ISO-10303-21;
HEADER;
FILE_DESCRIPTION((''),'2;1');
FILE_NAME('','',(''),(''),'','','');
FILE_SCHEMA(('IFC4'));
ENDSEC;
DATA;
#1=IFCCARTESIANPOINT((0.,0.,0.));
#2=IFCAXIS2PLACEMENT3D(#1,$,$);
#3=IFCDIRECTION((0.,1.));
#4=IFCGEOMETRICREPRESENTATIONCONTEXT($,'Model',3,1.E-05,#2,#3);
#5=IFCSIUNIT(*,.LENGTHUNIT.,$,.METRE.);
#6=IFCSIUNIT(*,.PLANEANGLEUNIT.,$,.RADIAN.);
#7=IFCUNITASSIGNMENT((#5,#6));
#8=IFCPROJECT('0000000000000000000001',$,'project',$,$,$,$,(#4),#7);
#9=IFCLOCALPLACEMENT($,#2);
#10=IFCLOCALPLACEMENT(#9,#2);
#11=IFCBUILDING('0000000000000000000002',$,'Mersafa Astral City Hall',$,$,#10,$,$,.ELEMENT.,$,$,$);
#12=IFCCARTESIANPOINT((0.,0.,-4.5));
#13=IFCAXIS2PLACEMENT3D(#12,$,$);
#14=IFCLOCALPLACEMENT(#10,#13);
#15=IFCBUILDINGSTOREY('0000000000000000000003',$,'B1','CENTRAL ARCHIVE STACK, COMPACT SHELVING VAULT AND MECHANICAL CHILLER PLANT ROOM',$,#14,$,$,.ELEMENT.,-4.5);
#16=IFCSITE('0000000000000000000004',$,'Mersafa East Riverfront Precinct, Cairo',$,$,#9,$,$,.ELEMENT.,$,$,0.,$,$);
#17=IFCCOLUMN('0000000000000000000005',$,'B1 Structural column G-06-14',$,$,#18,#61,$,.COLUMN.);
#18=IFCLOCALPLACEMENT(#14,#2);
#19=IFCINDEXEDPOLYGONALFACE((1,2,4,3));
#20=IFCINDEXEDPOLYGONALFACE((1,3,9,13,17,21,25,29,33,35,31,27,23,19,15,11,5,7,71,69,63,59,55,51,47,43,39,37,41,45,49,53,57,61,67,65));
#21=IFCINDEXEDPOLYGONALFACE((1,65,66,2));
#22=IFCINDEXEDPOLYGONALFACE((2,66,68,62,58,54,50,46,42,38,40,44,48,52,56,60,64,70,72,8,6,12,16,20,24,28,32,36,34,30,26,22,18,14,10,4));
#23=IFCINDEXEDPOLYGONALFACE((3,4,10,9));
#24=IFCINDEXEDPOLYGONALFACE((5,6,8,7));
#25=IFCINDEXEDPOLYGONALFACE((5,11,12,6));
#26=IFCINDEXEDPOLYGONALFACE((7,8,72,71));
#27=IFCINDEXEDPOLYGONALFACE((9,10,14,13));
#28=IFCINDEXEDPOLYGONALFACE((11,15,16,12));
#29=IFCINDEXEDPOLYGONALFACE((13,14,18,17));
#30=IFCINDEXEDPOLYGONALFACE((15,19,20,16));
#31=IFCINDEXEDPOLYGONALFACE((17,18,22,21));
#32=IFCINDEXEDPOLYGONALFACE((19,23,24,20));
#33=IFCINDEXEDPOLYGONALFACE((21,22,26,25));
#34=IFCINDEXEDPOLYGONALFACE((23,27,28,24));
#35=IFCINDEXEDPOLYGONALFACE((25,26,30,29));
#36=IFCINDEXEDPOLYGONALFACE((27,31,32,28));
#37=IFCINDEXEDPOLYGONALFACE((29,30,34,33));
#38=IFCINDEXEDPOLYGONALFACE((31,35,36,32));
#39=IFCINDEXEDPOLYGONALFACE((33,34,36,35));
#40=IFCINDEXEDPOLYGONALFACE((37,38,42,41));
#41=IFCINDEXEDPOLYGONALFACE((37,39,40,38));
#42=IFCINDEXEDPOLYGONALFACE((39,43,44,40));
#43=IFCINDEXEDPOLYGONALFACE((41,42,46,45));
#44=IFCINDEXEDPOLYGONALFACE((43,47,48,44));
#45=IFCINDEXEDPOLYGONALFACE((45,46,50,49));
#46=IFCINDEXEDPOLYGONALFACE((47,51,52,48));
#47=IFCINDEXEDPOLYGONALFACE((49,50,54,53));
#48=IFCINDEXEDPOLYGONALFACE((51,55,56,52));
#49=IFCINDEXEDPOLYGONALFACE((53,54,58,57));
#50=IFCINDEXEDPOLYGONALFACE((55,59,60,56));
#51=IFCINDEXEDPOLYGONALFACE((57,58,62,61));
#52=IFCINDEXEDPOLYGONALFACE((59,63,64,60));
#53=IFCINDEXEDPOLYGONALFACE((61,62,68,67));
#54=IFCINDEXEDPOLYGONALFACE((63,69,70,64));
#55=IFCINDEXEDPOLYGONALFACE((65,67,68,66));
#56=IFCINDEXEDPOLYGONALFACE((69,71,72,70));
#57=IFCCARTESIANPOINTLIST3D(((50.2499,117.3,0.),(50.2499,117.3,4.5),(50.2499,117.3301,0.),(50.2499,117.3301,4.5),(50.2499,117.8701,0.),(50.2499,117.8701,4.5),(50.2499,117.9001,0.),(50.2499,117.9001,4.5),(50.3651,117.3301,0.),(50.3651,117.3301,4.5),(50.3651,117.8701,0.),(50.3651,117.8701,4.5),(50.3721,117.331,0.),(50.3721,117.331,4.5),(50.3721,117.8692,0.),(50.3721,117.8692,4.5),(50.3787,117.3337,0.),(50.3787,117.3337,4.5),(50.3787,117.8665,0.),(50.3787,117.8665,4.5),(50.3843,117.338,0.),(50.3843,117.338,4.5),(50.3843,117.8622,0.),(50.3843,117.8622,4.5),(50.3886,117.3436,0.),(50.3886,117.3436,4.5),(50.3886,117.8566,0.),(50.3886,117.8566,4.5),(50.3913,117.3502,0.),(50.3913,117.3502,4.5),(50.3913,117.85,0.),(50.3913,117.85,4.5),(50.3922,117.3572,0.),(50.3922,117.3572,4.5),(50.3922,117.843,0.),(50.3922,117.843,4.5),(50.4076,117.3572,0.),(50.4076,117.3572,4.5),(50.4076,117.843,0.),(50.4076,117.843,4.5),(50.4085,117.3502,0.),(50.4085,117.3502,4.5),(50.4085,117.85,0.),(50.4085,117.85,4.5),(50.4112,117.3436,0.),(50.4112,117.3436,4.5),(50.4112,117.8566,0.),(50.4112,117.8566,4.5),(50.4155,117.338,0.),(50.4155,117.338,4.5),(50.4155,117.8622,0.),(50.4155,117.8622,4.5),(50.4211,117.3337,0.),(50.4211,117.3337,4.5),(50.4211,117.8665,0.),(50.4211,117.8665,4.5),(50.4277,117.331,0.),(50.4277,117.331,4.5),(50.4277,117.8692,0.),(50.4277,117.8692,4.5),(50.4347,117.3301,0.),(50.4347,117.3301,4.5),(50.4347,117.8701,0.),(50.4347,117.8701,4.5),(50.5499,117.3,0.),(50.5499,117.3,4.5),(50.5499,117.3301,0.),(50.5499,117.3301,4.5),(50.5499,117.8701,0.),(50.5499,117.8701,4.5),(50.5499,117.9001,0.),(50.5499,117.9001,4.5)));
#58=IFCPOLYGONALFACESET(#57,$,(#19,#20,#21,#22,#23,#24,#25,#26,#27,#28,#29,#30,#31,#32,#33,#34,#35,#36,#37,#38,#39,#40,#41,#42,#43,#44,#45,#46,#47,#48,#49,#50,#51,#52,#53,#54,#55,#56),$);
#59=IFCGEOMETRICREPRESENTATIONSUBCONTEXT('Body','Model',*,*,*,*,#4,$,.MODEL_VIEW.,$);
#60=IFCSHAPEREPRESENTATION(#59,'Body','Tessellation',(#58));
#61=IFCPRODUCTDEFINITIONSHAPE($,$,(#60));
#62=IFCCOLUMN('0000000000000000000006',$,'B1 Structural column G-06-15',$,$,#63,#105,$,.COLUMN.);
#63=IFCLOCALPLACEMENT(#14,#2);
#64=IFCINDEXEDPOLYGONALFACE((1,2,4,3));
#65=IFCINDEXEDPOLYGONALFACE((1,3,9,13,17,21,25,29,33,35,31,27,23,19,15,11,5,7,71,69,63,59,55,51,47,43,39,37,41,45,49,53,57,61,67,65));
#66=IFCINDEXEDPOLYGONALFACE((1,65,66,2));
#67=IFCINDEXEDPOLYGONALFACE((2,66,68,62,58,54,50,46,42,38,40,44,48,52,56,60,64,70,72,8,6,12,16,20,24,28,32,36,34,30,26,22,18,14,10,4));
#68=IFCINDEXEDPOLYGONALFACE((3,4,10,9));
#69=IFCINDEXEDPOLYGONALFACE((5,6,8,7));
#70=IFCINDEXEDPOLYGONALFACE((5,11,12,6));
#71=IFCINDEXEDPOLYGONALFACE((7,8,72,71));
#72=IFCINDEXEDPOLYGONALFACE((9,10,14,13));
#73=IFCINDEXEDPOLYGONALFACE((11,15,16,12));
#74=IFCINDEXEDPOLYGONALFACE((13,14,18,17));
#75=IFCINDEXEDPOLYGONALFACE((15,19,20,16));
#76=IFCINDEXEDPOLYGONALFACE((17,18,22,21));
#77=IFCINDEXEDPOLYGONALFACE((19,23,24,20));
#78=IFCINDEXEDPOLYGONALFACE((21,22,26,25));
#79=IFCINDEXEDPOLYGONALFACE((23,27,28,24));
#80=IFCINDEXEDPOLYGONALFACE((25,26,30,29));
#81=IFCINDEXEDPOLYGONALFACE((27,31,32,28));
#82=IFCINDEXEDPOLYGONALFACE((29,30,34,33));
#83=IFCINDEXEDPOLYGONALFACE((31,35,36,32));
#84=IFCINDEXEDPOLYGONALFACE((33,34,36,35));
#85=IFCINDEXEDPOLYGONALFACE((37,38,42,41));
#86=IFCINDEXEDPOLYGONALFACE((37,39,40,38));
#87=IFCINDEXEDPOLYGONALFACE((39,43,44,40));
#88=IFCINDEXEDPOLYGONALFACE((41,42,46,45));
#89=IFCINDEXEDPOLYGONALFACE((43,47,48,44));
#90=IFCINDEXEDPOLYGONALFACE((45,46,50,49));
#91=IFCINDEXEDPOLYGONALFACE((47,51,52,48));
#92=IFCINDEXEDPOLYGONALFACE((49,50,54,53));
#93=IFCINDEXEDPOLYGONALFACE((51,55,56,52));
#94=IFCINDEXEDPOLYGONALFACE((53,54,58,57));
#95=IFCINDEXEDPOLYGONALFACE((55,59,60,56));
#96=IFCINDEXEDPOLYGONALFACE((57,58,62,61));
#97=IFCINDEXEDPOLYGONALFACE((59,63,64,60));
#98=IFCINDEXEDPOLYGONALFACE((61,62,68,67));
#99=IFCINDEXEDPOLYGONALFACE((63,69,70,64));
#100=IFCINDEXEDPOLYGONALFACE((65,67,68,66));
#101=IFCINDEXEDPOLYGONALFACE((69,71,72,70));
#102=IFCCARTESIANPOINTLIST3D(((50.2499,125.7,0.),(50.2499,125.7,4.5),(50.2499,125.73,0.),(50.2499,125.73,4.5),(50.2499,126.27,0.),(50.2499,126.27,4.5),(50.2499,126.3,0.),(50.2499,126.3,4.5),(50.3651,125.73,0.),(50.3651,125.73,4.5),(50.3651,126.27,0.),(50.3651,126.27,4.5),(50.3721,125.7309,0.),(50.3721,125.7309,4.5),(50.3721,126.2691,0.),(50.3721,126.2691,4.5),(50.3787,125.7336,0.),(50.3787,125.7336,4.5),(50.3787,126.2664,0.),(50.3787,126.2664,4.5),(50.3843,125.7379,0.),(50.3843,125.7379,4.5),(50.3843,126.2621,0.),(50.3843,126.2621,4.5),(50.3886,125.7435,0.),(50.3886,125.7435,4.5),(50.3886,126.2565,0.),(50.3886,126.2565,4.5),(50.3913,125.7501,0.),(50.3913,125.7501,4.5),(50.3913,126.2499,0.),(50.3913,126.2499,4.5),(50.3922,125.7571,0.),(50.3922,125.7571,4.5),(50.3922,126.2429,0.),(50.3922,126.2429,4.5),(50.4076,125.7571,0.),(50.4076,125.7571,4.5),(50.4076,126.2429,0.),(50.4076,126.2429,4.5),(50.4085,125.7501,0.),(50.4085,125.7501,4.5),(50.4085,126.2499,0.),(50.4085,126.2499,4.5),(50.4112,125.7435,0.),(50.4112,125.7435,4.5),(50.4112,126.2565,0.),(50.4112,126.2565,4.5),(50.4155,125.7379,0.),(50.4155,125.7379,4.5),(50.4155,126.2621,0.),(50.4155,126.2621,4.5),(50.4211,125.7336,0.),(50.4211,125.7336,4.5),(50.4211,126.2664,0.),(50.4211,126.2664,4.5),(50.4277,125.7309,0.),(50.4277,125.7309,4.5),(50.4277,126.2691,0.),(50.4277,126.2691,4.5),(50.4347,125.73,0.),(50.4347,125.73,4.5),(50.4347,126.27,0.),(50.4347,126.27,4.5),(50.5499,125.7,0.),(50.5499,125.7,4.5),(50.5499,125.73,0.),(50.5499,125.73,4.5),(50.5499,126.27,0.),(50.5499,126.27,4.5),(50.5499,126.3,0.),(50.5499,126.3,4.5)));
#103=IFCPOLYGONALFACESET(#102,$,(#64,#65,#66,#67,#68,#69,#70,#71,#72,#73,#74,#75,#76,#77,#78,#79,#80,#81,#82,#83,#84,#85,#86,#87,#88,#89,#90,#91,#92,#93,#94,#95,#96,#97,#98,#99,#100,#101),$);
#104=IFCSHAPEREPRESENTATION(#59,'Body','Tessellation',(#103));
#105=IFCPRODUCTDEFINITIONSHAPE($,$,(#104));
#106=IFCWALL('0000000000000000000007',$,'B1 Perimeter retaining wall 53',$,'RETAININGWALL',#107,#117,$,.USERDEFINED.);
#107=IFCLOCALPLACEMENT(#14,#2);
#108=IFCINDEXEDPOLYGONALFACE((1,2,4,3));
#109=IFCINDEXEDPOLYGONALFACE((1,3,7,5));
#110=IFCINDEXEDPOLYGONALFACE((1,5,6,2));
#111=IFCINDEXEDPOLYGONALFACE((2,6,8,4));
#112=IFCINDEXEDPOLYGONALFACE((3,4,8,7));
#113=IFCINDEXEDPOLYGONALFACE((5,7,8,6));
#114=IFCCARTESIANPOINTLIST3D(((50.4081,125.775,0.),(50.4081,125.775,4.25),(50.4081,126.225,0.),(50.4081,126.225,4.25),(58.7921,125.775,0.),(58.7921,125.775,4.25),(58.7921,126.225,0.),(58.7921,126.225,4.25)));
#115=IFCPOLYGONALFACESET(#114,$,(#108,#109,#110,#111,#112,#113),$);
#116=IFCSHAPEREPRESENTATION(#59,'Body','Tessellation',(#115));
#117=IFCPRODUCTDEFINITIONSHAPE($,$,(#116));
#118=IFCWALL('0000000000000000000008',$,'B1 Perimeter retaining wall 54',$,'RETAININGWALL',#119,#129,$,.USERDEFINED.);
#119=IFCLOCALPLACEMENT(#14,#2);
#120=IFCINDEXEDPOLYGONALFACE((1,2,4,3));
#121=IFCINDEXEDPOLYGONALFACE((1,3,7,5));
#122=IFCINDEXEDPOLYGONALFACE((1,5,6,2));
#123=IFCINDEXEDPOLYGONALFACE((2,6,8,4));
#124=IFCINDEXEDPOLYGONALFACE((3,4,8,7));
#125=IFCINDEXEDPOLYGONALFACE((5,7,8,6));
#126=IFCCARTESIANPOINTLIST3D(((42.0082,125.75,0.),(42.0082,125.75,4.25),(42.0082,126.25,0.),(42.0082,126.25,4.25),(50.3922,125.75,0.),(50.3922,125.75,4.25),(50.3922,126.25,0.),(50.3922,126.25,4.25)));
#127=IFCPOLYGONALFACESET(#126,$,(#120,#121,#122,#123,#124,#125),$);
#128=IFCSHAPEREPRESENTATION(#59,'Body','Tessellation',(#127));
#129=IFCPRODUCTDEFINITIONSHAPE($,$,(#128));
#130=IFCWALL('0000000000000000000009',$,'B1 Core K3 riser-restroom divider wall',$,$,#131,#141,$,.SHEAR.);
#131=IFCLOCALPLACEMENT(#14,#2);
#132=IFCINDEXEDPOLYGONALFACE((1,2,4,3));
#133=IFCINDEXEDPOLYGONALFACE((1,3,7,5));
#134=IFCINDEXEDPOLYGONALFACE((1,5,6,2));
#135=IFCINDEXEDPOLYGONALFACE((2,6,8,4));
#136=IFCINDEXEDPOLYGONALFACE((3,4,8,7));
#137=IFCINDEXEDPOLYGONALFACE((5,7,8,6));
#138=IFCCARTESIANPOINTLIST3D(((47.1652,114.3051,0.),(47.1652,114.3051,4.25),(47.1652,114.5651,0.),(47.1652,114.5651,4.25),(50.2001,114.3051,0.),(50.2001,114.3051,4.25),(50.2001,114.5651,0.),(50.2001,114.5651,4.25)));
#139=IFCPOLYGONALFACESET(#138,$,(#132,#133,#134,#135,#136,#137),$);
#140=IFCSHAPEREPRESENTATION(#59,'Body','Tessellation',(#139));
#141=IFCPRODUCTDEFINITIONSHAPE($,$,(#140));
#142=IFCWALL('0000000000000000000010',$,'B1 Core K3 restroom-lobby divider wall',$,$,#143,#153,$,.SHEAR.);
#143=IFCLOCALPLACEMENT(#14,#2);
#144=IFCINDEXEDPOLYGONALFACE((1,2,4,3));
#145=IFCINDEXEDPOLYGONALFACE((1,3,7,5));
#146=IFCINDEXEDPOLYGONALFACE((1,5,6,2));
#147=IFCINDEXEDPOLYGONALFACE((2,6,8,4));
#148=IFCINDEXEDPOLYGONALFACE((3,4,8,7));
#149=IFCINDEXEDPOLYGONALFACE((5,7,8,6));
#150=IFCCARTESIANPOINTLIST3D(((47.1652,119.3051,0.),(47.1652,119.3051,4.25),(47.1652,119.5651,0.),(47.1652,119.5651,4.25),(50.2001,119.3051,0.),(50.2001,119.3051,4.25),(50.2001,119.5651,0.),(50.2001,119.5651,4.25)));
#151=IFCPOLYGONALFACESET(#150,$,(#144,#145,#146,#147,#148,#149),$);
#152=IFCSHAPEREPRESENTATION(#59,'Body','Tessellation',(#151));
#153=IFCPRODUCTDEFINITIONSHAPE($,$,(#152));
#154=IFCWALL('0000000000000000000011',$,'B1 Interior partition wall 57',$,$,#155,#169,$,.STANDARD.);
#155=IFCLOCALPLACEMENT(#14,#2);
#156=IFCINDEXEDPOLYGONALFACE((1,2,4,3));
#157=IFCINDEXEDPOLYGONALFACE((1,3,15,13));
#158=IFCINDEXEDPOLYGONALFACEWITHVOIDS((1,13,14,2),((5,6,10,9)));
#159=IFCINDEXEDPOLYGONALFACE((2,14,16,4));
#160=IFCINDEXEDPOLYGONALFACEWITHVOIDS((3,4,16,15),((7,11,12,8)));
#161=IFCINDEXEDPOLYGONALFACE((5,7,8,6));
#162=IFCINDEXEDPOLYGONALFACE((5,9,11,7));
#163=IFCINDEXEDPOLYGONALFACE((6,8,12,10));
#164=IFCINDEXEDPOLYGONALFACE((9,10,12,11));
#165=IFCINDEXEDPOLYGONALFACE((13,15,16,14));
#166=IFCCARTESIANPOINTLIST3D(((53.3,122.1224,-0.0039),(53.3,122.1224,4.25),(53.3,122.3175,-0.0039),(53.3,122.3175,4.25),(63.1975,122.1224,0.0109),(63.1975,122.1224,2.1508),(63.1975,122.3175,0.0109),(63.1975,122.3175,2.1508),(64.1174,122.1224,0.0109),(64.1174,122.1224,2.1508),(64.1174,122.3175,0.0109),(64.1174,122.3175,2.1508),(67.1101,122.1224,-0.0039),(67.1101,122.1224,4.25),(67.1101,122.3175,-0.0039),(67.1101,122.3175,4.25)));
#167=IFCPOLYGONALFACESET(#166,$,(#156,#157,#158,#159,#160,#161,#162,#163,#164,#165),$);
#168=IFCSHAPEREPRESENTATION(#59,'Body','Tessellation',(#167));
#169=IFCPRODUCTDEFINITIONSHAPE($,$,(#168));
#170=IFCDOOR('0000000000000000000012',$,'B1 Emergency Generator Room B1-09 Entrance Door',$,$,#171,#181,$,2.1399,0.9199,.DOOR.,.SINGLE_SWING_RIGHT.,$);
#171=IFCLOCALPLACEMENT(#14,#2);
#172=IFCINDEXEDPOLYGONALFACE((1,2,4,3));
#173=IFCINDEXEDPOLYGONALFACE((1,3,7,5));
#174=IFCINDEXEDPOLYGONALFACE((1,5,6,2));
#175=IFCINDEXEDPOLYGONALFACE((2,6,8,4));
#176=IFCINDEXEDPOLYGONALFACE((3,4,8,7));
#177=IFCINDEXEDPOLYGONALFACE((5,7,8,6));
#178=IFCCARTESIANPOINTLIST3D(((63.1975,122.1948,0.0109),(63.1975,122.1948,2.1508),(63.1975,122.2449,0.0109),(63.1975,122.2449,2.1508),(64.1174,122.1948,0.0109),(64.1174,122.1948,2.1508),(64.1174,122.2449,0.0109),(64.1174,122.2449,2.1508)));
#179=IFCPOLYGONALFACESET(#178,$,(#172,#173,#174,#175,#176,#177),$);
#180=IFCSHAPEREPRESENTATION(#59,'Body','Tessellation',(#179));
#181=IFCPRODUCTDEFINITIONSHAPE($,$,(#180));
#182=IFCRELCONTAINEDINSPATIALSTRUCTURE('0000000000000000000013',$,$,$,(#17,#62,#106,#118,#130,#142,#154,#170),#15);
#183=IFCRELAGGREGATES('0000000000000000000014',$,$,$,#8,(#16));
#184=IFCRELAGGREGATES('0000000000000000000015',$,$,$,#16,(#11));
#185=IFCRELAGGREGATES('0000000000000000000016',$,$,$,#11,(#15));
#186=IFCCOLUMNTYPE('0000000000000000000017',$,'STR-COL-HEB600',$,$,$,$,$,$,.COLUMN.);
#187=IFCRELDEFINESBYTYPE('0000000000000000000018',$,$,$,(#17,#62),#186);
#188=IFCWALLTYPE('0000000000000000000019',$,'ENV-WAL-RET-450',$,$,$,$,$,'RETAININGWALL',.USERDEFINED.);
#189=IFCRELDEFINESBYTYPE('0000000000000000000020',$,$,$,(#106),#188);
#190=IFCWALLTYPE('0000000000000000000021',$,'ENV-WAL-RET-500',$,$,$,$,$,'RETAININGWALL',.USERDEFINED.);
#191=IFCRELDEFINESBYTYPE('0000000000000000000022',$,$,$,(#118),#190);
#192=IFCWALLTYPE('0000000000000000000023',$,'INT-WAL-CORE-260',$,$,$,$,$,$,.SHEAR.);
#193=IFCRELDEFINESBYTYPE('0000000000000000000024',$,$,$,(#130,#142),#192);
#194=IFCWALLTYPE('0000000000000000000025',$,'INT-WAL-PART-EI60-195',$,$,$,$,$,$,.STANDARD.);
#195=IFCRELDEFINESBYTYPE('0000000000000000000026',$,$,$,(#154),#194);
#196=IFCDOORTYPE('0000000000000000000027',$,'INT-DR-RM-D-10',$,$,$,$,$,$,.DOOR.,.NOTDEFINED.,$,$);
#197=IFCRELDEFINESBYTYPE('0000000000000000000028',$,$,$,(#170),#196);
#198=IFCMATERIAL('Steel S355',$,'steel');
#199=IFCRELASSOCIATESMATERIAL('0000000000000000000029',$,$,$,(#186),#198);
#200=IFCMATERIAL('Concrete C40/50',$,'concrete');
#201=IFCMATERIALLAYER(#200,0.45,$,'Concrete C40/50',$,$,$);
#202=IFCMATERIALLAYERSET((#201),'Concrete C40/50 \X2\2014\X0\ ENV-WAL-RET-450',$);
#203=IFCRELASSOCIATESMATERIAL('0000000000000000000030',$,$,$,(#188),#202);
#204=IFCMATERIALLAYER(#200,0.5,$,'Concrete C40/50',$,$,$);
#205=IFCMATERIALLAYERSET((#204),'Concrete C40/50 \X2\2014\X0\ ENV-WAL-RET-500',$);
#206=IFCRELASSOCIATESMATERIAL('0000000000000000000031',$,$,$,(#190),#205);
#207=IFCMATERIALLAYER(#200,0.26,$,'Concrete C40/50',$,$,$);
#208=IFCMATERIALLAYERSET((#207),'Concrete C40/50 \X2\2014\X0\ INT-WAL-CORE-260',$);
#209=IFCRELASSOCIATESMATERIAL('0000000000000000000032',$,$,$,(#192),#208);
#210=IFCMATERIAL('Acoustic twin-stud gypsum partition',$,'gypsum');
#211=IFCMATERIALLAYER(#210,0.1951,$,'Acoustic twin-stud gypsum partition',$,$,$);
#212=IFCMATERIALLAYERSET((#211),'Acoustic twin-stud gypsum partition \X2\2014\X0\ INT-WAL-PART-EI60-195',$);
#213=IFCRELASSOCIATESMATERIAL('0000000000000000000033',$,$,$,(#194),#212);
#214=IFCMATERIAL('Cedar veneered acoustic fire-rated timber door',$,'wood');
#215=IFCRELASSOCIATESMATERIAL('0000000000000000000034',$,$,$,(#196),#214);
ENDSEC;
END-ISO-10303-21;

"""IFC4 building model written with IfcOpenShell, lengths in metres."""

from ifc_helpers import new_model, si_unit, direction, frame, frame_2d, origin, origin_2d, place, context, subcontext, project, spatial, rectangle, i_section, extrude, material, layer, layer_set, material_profile, profile_set, type_object, element, fill, save


model = new_model("IFC4")

# Units and contexts
model_context = context("Model", 3, precision=1e-05, world=origin(), true_north=direction((0.0, 1.0)))
body_context = subcontext(model_context, "Body", "Model", "MODEL_VIEW")
ifc_project = project(units=[si_unit("LENGTHUNIT", "METRE"), si_unit("PLANEANGLEUNIT", "RADIAN")], contexts=[model_context])

# Site, building, storey
site_placement = place(None, origin())
site = spatial("IfcSite", under=ifc_project, at=site_placement, Name="Mersafa East Riverfront Precinct, Cairo", CompositionType="ELEMENT", RefElevation=0.0)
building_placement = place(site_placement, origin())
building = spatial("IfcBuilding", under=site, at=building_placement, Name="Mersafa Astral City Hall", CompositionType="ELEMENT")
storey_placement = place(building_placement, frame((0.0, 0.0, -4.5)))
storey = spatial("IfcBuildingStorey", under=building, at=storey_placement, Name="B1", Description="CENTRAL ARCHIVE STACK, COMPACT SHELVING VAULT AND MECHANICAL CHILLER PLANT ROOM", CompositionType="ELEMENT", Elevation=-4.5)

# Shared definitions
ifc_material_1 = material(Name="Concrete C40/50", Category="concrete")

# Columns
ifc_material_2 = material(Name="Steel S355", Category="steel")
ifc_material_profile_1 = material_profile(ifc_material_2, i_section(OverallWidth=0.3, OverallDepth=0.6001, WebThickness=0.0154, FlangeThickness=0.03, FilletRadius=0.0271, at=origin_2d()), Name="HEB 600")
ifc_profile_set_1 = profile_set([ifc_material_profile_1], Name="Steel S355")
column_type = type_object("IfcColumnType", Name="STR-COL-HEB600", PredefinedType="COLUMN", material=ifc_profile_set_1)
for number, where, z_axis, x_axis, name in (
    (1, (50.3999, 117.6001, 0.0), (0.0, 0.0, 1.0), (1.0, 0.0, 0.0), "B1 Structural column G-06-14"),
    (2, (50.3999, 126.0, 0.0), (0.0, 0.0, 1.0), (1.0, 0.0, 0.0), "B1 Structural column G-06-15"),
):
    element("IfcColumn", number, at=place(storey_placement, frame(where, z_axis=z_axis, x_axis=x_axis)), inside=storey, type_object=column_type, Name=name, PredefinedType="COLUMN", context=body_context, shape_type="SweptSolid", body=[
        extrude(i_section(OverallWidth=0.3, OverallDepth=0.6001, WebThickness=0.0154, FlangeThickness=0.03, FilletRadius=0.0271, at=origin_2d()), origin(), (0.0, 0.0, 1.0), 4.5),
    ])

# Walls
ifc_layer_1 = layer(ifc_material_1, 0.45, Name="Concrete C40/50")
ifc_layer_set_1 = layer_set([ifc_layer_1], Name="Concrete C40/50 — ENV-WAL-RET-450")
wall_type_1 = type_object("IfcWallType", Name="ENV-WAL-RET-450", ElementType="RETAININGWALL", PredefinedType="USERDEFINED", material=ifc_layer_set_1)
wall_1_placement = place(storey_placement, frame((58.792, 126.0, 0.0), z_axis=(0.0, 0.0, 1.0), x_axis=(-1.0, 0.0, 0.0)))
element("IfcWall", 3, at=wall_1_placement, inside=storey, type_object=wall_type_1, Name="B1 Perimeter retaining wall 53", ObjectType="RETAININGWALL", PredefinedType="USERDEFINED", context=body_context, shape_type="SweptSolid", body=[
    extrude(rectangle(XDim=8.384, YDim=0.45, at=frame_2d((4.1919, 0.0))), origin(), (0.0, 0.0, 1.0), 4.25),
])
ifc_layer_2 = layer(ifc_material_1, 0.5, Name="Concrete C40/50")
ifc_layer_set_2 = layer_set([ifc_layer_2], Name="Concrete C40/50 — ENV-WAL-RET-500")
wall_type_2 = type_object("IfcWallType", Name="ENV-WAL-RET-500", ElementType="RETAININGWALL", PredefinedType="USERDEFINED", material=ifc_layer_set_2)
wall_2_placement = place(storey_placement, frame((50.3921, 126.0, 0.0), z_axis=(0.0, 0.0, 1.0), x_axis=(-1.0, 0.0, 0.0)))
element("IfcWall", 4, at=wall_2_placement, inside=storey, type_object=wall_type_2, Name="B1 Perimeter retaining wall 54", ObjectType="RETAININGWALL", PredefinedType="USERDEFINED", context=body_context, shape_type="SweptSolid", body=[
    extrude(rectangle(XDim=8.384, YDim=0.5, at=frame_2d((4.1919, 0.0))), origin(), (0.0, 0.0, 1.0), 4.25),
])

# Shared definitions
ifc_layer_3 = layer(ifc_material_1, 0.26, Name="Concrete C40/50")
ifc_layer_set_3 = layer_set([ifc_layer_3], Name="Concrete C40/50 — INT-WAL-CORE-260")
wall_type_3 = type_object("IfcWallType", Name="INT-WAL-CORE-260", PredefinedType="SHEAR", material=ifc_layer_set_3)

# Walls
for number, where, z_axis, x_axis, name in (
    (5, (47.165, 114.4351, 0.0), (0.0, 0.0, 1.0), (1.0, 0.0, 0.0), "B1 Core K3 riser-restroom divider wall"),
    (6, (47.165, 119.4351, 0.0), (0.0, 0.0, 1.0), (1.0, 0.0, 0.0), "B1 Core K3 restroom-lobby divider wall"),
):
    element("IfcWall", number, at=place(storey_placement, frame(where, z_axis=z_axis, x_axis=x_axis)), inside=storey, type_object=wall_type_3, Name=name, PredefinedType="SHEAR", context=body_context, shape_type="SweptSolid", body=[
        extrude(rectangle(XDim=3.0349, YDim=0.26, at=frame_2d((1.5176, 0.0))), origin(), (0.0, 0.0, 1.0), 4.25),
    ])

# Wall, opening, door
ifc_material_3 = material(Name="Acoustic twin-stud gypsum partition", Category="gypsum")
ifc_layer_4 = layer(ifc_material_3, 0.1951, Name="Acoustic twin-stud gypsum partition")
ifc_layer_set_4 = layer_set([ifc_layer_4], Name="Acoustic twin-stud gypsum partition — INT-WAL-PART-EI60-195")
wall_type_4 = type_object("IfcWallType", Name="INT-WAL-PART-EI60-195", PredefinedType="STANDARD", material=ifc_layer_set_4)
wall_3_placement = place(storey_placement, frame((53.3, 122.22, -0.0039), z_axis=(0.0, 0.0, 1.0), x_axis=(1.0, 0.0, 0.0)))
wall_3 = element("IfcWall", 7, at=wall_3_placement, inside=storey, type_object=wall_type_4, Name="B1 Interior partition wall 57", PredefinedType="STANDARD", context=body_context, shape_type="SweptSolid", body=[
    extrude(rectangle(XDim=13.8101, YDim=0.1951, at=frame_2d((6.905, 0.0))), origin(), (0.0, 0.0, 1.0), 4.2539),
])
opening_1_placement = place(wall_3_placement, frame((9.8975, 0.0, 0.0149)))
opening_1 = element("IfcOpeningElement", 8, at=opening_1_placement, cuts=wall_3, PredefinedType="OPENING", context=body_context, shape_type="SweptSolid", body=[
    extrude(rectangle(XDim=0.9199, YDim=2.1399, at=frame_2d((0.46, 1.0698))), frame((0.0, 0.1074, 0.0), z_axis=(0.0, -1.0, 0.0), x_axis=(1.0, 0.0, 0.0)), (0.0, 0.0, 1.0), 0.2151),
])
ifc_material_4 = material(Name="Cedar veneered acoustic fire-rated timber door", Category="wood")
door_type_1 = type_object("IfcDoorType", Name="INT-DR-RM-D-10", OperationType="NOTDEFINED", PredefinedType="DOOR", material=ifc_material_4)
door_1_placement = place(opening_1_placement, origin())
door_1 = element("IfcDoor", 9, at=door_1_placement, inside=storey, type_object=door_type_1, Name="B1 Emergency Generator Room B1-09 Entrance Door", OperationType="SINGLE_SWING_RIGHT", OverallHeight=2.1399, OverallWidth=0.9199, PredefinedType="DOOR", context=body_context, shape_type="SweptSolid", body=[
    extrude(rectangle(XDim=0.9199, YDim=2.1399, at=frame_2d((0.46, 1.0698))), frame((0.0, 0.0249, 0.0), z_axis=(0.0, -1.0, 0.0), x_axis=(1.0, 0.0, 0.0)), (0.0, 0.0, 1.0), 0.05),
])
fill(opening_1, door_1)

save(model, "model.ifc")
